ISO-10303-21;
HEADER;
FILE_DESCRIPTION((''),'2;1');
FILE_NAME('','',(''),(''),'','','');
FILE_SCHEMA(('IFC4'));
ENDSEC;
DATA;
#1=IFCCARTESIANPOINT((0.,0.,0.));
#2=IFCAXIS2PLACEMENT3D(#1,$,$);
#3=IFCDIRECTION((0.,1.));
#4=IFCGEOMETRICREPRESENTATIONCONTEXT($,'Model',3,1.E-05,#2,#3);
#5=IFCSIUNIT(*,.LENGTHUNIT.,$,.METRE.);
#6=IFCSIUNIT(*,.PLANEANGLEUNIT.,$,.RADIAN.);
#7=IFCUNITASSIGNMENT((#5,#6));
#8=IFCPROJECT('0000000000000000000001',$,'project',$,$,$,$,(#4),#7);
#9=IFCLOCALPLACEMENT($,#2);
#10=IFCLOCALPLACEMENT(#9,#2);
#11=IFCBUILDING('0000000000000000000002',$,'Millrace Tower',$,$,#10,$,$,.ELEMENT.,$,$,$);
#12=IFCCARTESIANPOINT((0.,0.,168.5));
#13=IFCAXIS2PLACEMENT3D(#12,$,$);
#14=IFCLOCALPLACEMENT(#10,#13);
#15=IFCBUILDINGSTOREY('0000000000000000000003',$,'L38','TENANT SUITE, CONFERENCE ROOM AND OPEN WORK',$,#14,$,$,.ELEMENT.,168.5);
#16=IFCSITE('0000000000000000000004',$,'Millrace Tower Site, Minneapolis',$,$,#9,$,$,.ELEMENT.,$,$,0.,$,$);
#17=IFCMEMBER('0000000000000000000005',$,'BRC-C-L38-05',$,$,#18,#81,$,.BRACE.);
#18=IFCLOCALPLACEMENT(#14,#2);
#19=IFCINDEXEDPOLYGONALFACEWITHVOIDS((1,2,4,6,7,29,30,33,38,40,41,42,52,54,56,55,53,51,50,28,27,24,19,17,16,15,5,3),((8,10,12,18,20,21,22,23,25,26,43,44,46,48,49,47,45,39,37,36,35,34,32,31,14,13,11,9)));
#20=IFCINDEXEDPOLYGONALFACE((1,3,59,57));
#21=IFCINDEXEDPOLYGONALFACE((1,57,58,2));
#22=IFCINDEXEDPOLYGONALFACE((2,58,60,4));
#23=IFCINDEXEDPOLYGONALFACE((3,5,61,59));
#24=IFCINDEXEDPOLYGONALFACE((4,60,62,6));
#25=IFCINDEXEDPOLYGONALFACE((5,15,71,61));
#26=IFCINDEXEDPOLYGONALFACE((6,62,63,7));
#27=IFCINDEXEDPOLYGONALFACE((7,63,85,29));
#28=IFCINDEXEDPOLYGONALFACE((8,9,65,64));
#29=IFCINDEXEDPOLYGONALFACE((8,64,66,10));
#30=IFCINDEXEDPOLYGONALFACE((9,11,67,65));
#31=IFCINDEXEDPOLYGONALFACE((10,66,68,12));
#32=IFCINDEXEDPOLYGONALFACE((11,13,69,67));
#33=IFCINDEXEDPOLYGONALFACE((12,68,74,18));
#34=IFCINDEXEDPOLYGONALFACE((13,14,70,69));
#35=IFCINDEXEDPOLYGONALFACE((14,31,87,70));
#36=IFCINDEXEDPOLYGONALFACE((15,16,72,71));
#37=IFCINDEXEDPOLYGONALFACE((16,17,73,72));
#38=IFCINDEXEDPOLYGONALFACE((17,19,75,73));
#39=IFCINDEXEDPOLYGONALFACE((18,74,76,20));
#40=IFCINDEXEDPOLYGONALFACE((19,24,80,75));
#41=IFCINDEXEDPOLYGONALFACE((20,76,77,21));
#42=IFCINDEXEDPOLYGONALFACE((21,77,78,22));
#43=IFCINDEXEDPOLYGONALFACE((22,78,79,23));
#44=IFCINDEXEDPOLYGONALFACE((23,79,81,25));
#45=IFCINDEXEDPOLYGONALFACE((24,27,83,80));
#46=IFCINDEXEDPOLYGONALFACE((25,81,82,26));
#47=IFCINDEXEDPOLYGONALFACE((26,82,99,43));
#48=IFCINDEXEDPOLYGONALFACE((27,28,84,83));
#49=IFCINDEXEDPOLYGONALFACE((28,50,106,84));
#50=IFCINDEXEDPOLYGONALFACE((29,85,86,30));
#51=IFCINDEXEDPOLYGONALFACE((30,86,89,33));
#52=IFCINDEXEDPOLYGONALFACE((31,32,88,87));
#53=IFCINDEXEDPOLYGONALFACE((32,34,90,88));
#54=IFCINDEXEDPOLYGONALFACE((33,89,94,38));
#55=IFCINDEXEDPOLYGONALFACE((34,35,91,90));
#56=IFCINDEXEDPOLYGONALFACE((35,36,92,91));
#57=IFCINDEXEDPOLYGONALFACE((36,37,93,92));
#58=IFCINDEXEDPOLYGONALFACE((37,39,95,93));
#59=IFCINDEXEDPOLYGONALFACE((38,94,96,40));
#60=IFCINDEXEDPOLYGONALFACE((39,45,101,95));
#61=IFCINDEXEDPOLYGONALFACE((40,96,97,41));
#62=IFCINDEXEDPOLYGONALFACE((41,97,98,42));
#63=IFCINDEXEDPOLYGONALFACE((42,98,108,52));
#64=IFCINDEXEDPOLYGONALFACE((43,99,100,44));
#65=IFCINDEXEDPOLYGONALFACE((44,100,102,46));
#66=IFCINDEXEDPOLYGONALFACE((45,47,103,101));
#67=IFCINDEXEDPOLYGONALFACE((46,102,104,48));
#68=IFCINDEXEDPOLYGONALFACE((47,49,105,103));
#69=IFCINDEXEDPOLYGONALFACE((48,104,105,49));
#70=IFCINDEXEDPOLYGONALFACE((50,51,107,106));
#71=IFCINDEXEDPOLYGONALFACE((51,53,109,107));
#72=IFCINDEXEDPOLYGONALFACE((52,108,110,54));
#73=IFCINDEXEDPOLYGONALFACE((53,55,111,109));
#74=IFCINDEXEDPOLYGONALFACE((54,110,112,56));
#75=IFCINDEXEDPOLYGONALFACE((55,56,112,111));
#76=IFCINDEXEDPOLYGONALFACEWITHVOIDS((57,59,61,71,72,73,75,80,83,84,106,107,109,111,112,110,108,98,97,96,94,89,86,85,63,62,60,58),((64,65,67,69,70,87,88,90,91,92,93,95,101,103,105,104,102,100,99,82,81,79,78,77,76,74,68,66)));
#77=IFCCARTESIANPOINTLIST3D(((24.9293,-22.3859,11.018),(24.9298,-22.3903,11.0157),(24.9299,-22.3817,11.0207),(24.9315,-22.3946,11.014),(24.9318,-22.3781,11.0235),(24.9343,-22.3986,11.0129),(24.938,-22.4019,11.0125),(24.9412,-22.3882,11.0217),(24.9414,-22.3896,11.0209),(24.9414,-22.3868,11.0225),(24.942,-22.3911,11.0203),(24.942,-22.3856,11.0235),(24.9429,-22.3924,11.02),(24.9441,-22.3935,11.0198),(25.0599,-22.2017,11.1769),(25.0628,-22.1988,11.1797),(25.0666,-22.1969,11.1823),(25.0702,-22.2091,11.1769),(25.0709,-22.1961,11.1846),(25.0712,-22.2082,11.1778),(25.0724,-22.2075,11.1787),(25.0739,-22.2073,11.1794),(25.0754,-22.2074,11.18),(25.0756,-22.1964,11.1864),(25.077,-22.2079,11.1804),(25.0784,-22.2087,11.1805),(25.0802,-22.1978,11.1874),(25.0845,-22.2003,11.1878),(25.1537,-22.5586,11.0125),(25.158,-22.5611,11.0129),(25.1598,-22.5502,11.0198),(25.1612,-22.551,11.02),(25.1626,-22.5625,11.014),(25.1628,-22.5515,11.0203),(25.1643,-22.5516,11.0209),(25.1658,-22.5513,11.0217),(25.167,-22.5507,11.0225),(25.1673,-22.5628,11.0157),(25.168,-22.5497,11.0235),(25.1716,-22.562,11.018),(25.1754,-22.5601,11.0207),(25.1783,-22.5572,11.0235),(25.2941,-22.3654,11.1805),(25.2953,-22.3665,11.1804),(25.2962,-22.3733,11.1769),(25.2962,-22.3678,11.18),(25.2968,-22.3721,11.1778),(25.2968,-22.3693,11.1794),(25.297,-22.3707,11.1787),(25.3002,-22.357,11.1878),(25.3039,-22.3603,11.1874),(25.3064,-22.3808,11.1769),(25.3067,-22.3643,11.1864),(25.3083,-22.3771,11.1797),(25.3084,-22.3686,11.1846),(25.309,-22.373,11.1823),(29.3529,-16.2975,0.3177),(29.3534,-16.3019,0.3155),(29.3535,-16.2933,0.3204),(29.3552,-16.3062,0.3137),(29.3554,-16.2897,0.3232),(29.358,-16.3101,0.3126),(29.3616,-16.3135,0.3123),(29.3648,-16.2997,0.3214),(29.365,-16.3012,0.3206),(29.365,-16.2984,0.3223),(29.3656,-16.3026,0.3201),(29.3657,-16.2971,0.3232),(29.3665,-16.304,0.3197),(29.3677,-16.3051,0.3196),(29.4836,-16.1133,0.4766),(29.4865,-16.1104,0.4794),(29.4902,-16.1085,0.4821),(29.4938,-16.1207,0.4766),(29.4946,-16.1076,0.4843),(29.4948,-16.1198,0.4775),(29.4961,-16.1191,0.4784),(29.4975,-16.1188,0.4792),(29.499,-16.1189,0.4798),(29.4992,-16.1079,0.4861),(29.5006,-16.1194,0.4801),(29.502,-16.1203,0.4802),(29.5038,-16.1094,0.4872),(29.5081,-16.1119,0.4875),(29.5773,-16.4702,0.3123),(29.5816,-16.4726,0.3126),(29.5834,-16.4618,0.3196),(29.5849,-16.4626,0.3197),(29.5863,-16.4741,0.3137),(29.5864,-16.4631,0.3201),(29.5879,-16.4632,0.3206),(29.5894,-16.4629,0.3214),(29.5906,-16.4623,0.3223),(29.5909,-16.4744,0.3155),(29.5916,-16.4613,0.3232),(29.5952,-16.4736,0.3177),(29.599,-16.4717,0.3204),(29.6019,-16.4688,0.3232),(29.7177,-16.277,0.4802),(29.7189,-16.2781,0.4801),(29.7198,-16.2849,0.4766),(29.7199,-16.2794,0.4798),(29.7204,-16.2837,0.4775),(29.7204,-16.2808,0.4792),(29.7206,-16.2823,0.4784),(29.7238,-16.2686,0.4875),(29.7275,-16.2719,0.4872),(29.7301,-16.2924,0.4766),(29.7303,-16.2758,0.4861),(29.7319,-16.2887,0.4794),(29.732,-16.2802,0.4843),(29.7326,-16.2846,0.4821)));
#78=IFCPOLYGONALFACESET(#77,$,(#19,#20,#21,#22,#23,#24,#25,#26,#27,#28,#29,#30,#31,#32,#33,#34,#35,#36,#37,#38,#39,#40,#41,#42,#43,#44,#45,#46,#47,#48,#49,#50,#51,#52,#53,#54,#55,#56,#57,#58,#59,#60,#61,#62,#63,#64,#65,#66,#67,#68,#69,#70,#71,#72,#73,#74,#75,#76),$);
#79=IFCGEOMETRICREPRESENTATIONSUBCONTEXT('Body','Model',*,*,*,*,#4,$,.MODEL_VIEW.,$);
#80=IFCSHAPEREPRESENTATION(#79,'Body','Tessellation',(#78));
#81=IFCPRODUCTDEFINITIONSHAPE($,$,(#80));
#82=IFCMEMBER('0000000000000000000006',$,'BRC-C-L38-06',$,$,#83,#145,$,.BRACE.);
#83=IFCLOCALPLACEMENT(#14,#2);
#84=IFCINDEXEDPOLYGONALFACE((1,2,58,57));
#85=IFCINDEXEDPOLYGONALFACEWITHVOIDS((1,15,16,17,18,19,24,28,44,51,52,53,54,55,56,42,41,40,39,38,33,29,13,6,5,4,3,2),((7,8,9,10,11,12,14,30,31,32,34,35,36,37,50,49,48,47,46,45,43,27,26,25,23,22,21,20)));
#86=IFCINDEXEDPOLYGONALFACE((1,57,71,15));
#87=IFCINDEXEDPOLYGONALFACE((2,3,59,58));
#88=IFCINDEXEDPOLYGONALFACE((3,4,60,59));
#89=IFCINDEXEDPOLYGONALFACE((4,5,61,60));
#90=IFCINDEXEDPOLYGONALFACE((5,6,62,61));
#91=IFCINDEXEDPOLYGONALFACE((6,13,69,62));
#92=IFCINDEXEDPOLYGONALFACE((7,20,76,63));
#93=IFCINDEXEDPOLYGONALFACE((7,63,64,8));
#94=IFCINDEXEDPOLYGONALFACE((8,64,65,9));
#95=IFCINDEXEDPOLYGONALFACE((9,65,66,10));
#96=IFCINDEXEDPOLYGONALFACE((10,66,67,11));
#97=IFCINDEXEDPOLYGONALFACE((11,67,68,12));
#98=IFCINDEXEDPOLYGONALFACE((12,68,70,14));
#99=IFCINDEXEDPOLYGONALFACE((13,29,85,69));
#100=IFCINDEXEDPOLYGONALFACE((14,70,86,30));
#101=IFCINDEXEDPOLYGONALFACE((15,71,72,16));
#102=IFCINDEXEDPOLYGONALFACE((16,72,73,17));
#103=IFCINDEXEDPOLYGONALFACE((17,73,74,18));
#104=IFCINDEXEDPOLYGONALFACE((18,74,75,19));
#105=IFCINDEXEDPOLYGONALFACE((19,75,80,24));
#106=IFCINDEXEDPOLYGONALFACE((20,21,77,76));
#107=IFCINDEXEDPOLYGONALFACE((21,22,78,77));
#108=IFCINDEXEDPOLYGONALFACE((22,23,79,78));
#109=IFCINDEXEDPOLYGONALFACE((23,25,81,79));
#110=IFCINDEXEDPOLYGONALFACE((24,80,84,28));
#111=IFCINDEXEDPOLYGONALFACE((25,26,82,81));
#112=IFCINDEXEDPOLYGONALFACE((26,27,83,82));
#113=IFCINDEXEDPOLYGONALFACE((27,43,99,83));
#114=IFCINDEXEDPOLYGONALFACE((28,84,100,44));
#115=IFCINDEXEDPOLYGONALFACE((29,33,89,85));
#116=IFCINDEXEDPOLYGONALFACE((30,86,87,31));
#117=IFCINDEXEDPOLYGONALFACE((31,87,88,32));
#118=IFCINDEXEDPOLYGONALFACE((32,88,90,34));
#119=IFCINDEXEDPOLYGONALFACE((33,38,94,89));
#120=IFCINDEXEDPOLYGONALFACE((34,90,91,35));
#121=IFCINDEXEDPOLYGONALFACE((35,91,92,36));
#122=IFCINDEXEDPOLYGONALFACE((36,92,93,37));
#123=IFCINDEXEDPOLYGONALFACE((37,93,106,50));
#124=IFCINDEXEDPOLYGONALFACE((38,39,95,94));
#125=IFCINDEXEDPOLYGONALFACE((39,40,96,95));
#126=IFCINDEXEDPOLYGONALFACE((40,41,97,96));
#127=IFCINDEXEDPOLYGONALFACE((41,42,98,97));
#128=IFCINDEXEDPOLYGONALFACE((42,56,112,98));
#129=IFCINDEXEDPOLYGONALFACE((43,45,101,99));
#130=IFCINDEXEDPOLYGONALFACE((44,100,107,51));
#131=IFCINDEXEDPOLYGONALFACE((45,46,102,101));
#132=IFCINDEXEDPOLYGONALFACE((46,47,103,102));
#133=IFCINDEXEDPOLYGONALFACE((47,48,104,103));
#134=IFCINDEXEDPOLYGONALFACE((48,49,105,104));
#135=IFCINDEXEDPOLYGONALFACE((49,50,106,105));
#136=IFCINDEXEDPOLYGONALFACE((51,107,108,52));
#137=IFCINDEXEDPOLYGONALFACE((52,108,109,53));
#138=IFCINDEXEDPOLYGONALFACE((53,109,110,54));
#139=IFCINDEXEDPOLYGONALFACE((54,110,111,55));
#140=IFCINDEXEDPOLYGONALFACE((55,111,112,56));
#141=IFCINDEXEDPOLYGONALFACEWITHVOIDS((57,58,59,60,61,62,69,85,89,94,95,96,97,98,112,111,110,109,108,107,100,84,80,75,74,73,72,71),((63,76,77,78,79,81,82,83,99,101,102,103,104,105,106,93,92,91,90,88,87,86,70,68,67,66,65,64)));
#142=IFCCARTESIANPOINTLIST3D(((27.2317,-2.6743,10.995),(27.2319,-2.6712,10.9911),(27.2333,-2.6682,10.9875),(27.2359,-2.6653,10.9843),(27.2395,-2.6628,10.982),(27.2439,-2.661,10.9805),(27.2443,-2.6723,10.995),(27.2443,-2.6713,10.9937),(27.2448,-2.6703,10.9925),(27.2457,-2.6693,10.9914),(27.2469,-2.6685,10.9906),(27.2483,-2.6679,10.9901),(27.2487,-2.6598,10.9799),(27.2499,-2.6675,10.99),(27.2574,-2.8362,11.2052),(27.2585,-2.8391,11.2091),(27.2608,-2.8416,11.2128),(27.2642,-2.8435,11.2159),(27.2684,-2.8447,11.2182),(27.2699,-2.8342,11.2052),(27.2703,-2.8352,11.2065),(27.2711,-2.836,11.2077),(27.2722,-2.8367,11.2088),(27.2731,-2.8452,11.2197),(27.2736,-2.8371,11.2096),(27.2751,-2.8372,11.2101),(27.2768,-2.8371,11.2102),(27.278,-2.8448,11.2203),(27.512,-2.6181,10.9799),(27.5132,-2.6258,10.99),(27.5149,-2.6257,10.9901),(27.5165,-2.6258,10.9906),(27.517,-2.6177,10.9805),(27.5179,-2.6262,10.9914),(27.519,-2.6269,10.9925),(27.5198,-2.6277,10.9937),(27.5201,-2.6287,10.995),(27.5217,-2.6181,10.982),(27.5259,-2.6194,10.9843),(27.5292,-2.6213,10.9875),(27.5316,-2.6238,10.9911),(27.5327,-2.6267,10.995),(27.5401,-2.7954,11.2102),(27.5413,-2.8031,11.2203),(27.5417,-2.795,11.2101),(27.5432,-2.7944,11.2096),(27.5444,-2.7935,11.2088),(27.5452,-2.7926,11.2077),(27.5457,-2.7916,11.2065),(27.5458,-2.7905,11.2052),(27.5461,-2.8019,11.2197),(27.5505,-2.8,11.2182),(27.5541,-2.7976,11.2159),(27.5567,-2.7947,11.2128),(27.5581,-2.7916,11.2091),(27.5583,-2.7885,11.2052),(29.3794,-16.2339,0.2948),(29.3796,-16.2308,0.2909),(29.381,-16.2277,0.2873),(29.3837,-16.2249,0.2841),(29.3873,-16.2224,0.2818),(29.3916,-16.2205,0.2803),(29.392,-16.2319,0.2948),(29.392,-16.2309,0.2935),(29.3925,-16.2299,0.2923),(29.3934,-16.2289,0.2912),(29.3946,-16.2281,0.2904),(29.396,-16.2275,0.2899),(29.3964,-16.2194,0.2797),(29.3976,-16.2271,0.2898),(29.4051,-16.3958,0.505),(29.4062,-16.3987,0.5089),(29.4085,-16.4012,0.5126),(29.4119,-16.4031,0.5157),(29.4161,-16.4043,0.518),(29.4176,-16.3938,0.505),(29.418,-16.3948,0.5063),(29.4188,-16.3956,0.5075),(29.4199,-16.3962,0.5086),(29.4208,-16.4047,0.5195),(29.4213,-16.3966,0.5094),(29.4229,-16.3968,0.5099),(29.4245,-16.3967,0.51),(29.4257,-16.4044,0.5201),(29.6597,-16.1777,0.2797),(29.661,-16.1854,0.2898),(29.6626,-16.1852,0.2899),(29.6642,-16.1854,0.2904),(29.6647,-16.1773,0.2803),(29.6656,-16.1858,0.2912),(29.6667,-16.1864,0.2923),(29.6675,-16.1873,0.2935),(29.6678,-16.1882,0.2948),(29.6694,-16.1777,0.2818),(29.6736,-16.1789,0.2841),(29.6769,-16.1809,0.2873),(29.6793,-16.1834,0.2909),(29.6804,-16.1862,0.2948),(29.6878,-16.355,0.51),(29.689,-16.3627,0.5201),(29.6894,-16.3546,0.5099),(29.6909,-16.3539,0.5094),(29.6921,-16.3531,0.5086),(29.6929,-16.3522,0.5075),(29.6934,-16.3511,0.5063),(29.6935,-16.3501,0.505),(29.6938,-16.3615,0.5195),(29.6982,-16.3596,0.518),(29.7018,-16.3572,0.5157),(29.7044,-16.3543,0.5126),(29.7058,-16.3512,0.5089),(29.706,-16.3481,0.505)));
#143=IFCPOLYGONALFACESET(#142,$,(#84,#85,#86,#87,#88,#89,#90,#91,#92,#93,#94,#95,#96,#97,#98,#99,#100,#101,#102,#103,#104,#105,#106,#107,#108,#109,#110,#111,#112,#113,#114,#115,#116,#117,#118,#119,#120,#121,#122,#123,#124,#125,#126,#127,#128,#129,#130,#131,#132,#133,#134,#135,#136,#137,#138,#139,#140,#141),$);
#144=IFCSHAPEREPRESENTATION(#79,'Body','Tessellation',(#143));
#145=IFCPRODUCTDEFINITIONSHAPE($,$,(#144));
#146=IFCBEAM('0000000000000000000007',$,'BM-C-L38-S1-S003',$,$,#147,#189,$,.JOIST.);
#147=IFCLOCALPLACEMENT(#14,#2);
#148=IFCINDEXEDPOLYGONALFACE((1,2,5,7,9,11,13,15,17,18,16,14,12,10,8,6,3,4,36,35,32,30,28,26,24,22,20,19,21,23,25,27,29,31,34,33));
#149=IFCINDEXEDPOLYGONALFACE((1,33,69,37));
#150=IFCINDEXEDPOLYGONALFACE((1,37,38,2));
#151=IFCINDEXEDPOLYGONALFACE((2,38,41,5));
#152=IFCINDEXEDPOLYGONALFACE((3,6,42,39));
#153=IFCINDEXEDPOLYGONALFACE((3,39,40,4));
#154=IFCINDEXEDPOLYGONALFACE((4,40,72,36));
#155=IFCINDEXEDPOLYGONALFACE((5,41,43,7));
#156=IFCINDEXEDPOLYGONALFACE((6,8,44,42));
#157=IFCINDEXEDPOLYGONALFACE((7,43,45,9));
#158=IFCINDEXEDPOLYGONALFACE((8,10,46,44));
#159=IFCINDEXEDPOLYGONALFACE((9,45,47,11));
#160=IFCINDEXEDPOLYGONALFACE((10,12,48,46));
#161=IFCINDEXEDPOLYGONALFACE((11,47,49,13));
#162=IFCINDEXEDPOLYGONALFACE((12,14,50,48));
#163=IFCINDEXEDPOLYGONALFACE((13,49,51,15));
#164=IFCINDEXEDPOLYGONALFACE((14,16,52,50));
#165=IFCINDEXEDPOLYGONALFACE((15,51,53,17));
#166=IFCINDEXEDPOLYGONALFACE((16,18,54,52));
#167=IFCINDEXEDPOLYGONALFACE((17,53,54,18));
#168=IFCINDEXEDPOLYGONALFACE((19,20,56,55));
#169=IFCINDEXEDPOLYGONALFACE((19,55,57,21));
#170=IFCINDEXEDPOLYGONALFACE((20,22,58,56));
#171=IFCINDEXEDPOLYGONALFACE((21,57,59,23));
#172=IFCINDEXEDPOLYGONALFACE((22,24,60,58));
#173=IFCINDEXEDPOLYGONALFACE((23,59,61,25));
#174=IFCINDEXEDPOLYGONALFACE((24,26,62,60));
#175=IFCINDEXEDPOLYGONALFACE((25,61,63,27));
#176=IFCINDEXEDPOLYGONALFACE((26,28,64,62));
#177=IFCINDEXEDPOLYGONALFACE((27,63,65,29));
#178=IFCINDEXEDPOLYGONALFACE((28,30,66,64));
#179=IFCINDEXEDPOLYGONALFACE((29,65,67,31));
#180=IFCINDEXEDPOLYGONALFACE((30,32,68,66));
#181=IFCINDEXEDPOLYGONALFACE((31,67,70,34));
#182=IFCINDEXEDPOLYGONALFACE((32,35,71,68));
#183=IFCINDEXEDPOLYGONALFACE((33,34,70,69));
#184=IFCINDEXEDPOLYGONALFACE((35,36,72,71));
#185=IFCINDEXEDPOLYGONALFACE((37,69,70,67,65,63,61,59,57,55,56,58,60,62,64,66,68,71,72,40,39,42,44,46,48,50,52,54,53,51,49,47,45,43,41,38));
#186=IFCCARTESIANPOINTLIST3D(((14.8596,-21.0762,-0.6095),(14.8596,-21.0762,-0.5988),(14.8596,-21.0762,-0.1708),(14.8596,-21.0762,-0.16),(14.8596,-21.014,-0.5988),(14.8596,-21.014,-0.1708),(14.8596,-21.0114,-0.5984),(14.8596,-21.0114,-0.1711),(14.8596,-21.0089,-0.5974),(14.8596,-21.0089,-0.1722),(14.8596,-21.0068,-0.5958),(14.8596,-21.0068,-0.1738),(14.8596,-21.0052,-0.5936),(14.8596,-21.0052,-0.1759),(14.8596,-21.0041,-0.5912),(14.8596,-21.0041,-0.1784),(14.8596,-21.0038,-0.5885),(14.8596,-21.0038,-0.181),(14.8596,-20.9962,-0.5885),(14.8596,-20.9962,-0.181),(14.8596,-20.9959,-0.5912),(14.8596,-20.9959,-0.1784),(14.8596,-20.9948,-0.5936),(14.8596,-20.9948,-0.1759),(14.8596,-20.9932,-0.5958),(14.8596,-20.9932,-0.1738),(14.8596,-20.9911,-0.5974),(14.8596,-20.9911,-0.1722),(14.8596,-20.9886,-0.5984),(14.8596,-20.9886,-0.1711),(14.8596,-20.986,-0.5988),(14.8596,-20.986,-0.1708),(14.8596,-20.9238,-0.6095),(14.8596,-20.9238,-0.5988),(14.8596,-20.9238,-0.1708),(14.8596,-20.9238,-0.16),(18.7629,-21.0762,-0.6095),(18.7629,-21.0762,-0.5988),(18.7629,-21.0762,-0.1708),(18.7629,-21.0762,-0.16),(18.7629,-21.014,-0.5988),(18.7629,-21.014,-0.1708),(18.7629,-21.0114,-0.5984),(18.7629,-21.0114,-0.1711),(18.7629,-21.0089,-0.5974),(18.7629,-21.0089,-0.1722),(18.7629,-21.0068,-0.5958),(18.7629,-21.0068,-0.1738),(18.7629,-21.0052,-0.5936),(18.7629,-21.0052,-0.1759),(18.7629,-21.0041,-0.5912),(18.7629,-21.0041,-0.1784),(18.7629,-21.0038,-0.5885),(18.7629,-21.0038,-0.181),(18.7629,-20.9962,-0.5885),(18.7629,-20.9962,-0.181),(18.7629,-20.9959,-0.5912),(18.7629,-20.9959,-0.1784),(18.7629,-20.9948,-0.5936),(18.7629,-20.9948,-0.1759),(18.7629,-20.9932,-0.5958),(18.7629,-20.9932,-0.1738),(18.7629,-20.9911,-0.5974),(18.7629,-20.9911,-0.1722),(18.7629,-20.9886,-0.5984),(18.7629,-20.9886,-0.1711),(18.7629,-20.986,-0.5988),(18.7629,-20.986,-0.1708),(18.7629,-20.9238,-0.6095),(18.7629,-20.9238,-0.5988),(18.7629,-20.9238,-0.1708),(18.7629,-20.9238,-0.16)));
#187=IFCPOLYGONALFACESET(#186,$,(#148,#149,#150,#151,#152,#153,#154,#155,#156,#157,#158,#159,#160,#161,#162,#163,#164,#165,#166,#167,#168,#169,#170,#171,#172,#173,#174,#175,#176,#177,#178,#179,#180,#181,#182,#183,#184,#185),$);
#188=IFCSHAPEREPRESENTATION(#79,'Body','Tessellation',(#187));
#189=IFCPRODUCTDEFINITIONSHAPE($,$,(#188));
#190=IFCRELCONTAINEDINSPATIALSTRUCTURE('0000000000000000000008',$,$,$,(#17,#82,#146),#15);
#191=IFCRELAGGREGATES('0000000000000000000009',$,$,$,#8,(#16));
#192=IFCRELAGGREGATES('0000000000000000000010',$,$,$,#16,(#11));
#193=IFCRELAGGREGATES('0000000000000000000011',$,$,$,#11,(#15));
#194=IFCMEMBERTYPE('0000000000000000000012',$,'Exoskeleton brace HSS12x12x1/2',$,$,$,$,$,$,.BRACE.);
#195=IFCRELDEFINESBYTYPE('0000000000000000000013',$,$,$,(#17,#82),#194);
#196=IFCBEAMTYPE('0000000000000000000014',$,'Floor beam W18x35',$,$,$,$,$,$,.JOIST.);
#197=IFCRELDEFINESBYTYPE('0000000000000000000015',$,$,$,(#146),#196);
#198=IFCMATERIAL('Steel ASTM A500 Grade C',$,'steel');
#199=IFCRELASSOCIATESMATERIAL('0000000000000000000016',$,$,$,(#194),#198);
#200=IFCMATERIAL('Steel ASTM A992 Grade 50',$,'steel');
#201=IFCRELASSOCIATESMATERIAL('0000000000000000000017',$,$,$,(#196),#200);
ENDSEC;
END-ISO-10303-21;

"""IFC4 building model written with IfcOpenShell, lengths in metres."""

from ifc_helpers import new_model, si_unit, direction, frame, origin, origin_2d, place, context, subcontext, project, spatial, hollow_rectangle, i_section, extrude, material, material_profile, profile_set, type_object, element, save


model = new_model("IFC4")

# Units and contexts
model_context = context("Model", 3, precision=1e-05, world=origin(), true_north=direction((0.0, 1.0)))
body_context = subcontext(model_context, "Body", "Model", "MODEL_VIEW")
ifc_project = project(units=[si_unit("LENGTHUNIT", "METRE"), si_unit("PLANEANGLEUNIT", "RADIAN")], contexts=[model_context])

# Site, building, storey
site_placement = place(None, origin())
site = spatial("IfcSite", under=ifc_project, at=site_placement, Name="Millrace Tower Site, Minneapolis", CompositionType="ELEMENT", RefElevation=0.0)
building_placement = place(site_placement, origin())
building = spatial("IfcBuilding", under=site, at=building_placement, Name="Millrace Tower", CompositionType="ELEMENT")
storey_placement = place(building_placement, frame((0.0, 0.0, 168.5)))
storey = spatial("IfcBuildingStorey", under=building, at=storey_placement, Name="L38", Description="TENANT SUITE, CONFERENCE ROOM AND OPEN WORK", CompositionType="ELEMENT", Elevation=168.5)

# Members
ifc_material_1 = material(Name="Steel ASTM A500 Grade C", Category="steel")
ifc_material_profile_1 = material_profile(ifc_material_1, hollow_rectangle(XDim=0.3047, YDim=0.3047, WallThickness=0.0127, InnerFilletRadius=0.0063, OuterFilletRadius=0.019, at=origin_2d()))
ifc_profile_set_1 = profile_set([ifc_material_profile_1], Name="Steel ASTM A500 Grade C")
member_type_1 = type_object("IfcMemberType", Name="Exoskeleton brace HSS12x12x1/2", PredefinedType="BRACE", material=ifc_profile_set_1)
member_1_placement = place(storey_placement, frame((29.5427, -16.291, 0.3999), z_axis=(-0.338151, -0.465412, 0.817952), x_axis=(0.80901, -0.587795, 0.0)))
element("IfcMember", 1, at=member_1_placement, inside=storey, type_object=member_type_1, Name="BRC-C-L38-05", PredefinedType="BRACE", context=body_context, shape_type="SweptSolid", body=[
    extrude(hollow_rectangle(XDim=0.3047, YDim=0.3047, WallThickness=0.0127, InnerFilletRadius=0.0063, OuterFilletRadius=0.019, at=origin_2d()), origin(), (0.0, 0.0, 1.0), 13.0818),
])
member_2_placement = place(storey_placement, frame((29.5427, -16.291, 0.3999), z_axis=(-0.123389, 0.779017, 0.614742), x_axis=(-0.987687, -0.15644, 0.0)))
element("IfcMember", 2, at=member_2_placement, inside=storey, type_object=member_type_1, Name="BRC-C-L38-06", PredefinedType="BRACE", context=body_context, shape_type="SweptSolid", body=[
    extrude(hollow_rectangle(XDim=0.3047, YDim=0.3047, WallThickness=0.0127, InnerFilletRadius=0.0063, OuterFilletRadius=0.019, at=origin_2d()), origin(), (0.0, 0.0, 1.0), 17.406),
])

# Beam
ifc_material_2 = material(Name="Steel ASTM A992 Grade 50", Category="steel")
ifc_material_profile_2 = material_profile(ifc_material_2, i_section(OverallWidth=0.1523, OverallDepth=0.4495, WebThickness=0.0076, FlangeThickness=0.0107, FilletRadius=0.0103, at=origin_2d()))
ifc_profile_set_2 = profile_set([ifc_material_profile_2], Name="Steel ASTM A992 Grade 50")
beam_type_1 = type_object("IfcBeamType", Name="Floor beam W18x35", PredefinedType="JOIST", material=ifc_profile_set_2)
beam_1_placement = place(storey_placement, frame((14.8596, -21.0, -0.3848), z_axis=(1.0, 0.0, 0.0), x_axis=(0.0, 1.0, 0.0)))
element("IfcBeam", 3, at=beam_1_placement, inside=storey, type_object=beam_type_1, Name="BM-C-L38-S1-S003", PredefinedType="JOIST", context=body_context, shape_type="SweptSolid", body=[
    extrude(i_section(OverallWidth=0.1523, OverallDepth=0.4495, WebThickness=0.0076, FlangeThickness=0.0107, FilletRadius=0.0103, at=origin_2d()), origin(), (0.0, 0.0, 1.0), 3.9033),
])

save(model, "model.ifc")
